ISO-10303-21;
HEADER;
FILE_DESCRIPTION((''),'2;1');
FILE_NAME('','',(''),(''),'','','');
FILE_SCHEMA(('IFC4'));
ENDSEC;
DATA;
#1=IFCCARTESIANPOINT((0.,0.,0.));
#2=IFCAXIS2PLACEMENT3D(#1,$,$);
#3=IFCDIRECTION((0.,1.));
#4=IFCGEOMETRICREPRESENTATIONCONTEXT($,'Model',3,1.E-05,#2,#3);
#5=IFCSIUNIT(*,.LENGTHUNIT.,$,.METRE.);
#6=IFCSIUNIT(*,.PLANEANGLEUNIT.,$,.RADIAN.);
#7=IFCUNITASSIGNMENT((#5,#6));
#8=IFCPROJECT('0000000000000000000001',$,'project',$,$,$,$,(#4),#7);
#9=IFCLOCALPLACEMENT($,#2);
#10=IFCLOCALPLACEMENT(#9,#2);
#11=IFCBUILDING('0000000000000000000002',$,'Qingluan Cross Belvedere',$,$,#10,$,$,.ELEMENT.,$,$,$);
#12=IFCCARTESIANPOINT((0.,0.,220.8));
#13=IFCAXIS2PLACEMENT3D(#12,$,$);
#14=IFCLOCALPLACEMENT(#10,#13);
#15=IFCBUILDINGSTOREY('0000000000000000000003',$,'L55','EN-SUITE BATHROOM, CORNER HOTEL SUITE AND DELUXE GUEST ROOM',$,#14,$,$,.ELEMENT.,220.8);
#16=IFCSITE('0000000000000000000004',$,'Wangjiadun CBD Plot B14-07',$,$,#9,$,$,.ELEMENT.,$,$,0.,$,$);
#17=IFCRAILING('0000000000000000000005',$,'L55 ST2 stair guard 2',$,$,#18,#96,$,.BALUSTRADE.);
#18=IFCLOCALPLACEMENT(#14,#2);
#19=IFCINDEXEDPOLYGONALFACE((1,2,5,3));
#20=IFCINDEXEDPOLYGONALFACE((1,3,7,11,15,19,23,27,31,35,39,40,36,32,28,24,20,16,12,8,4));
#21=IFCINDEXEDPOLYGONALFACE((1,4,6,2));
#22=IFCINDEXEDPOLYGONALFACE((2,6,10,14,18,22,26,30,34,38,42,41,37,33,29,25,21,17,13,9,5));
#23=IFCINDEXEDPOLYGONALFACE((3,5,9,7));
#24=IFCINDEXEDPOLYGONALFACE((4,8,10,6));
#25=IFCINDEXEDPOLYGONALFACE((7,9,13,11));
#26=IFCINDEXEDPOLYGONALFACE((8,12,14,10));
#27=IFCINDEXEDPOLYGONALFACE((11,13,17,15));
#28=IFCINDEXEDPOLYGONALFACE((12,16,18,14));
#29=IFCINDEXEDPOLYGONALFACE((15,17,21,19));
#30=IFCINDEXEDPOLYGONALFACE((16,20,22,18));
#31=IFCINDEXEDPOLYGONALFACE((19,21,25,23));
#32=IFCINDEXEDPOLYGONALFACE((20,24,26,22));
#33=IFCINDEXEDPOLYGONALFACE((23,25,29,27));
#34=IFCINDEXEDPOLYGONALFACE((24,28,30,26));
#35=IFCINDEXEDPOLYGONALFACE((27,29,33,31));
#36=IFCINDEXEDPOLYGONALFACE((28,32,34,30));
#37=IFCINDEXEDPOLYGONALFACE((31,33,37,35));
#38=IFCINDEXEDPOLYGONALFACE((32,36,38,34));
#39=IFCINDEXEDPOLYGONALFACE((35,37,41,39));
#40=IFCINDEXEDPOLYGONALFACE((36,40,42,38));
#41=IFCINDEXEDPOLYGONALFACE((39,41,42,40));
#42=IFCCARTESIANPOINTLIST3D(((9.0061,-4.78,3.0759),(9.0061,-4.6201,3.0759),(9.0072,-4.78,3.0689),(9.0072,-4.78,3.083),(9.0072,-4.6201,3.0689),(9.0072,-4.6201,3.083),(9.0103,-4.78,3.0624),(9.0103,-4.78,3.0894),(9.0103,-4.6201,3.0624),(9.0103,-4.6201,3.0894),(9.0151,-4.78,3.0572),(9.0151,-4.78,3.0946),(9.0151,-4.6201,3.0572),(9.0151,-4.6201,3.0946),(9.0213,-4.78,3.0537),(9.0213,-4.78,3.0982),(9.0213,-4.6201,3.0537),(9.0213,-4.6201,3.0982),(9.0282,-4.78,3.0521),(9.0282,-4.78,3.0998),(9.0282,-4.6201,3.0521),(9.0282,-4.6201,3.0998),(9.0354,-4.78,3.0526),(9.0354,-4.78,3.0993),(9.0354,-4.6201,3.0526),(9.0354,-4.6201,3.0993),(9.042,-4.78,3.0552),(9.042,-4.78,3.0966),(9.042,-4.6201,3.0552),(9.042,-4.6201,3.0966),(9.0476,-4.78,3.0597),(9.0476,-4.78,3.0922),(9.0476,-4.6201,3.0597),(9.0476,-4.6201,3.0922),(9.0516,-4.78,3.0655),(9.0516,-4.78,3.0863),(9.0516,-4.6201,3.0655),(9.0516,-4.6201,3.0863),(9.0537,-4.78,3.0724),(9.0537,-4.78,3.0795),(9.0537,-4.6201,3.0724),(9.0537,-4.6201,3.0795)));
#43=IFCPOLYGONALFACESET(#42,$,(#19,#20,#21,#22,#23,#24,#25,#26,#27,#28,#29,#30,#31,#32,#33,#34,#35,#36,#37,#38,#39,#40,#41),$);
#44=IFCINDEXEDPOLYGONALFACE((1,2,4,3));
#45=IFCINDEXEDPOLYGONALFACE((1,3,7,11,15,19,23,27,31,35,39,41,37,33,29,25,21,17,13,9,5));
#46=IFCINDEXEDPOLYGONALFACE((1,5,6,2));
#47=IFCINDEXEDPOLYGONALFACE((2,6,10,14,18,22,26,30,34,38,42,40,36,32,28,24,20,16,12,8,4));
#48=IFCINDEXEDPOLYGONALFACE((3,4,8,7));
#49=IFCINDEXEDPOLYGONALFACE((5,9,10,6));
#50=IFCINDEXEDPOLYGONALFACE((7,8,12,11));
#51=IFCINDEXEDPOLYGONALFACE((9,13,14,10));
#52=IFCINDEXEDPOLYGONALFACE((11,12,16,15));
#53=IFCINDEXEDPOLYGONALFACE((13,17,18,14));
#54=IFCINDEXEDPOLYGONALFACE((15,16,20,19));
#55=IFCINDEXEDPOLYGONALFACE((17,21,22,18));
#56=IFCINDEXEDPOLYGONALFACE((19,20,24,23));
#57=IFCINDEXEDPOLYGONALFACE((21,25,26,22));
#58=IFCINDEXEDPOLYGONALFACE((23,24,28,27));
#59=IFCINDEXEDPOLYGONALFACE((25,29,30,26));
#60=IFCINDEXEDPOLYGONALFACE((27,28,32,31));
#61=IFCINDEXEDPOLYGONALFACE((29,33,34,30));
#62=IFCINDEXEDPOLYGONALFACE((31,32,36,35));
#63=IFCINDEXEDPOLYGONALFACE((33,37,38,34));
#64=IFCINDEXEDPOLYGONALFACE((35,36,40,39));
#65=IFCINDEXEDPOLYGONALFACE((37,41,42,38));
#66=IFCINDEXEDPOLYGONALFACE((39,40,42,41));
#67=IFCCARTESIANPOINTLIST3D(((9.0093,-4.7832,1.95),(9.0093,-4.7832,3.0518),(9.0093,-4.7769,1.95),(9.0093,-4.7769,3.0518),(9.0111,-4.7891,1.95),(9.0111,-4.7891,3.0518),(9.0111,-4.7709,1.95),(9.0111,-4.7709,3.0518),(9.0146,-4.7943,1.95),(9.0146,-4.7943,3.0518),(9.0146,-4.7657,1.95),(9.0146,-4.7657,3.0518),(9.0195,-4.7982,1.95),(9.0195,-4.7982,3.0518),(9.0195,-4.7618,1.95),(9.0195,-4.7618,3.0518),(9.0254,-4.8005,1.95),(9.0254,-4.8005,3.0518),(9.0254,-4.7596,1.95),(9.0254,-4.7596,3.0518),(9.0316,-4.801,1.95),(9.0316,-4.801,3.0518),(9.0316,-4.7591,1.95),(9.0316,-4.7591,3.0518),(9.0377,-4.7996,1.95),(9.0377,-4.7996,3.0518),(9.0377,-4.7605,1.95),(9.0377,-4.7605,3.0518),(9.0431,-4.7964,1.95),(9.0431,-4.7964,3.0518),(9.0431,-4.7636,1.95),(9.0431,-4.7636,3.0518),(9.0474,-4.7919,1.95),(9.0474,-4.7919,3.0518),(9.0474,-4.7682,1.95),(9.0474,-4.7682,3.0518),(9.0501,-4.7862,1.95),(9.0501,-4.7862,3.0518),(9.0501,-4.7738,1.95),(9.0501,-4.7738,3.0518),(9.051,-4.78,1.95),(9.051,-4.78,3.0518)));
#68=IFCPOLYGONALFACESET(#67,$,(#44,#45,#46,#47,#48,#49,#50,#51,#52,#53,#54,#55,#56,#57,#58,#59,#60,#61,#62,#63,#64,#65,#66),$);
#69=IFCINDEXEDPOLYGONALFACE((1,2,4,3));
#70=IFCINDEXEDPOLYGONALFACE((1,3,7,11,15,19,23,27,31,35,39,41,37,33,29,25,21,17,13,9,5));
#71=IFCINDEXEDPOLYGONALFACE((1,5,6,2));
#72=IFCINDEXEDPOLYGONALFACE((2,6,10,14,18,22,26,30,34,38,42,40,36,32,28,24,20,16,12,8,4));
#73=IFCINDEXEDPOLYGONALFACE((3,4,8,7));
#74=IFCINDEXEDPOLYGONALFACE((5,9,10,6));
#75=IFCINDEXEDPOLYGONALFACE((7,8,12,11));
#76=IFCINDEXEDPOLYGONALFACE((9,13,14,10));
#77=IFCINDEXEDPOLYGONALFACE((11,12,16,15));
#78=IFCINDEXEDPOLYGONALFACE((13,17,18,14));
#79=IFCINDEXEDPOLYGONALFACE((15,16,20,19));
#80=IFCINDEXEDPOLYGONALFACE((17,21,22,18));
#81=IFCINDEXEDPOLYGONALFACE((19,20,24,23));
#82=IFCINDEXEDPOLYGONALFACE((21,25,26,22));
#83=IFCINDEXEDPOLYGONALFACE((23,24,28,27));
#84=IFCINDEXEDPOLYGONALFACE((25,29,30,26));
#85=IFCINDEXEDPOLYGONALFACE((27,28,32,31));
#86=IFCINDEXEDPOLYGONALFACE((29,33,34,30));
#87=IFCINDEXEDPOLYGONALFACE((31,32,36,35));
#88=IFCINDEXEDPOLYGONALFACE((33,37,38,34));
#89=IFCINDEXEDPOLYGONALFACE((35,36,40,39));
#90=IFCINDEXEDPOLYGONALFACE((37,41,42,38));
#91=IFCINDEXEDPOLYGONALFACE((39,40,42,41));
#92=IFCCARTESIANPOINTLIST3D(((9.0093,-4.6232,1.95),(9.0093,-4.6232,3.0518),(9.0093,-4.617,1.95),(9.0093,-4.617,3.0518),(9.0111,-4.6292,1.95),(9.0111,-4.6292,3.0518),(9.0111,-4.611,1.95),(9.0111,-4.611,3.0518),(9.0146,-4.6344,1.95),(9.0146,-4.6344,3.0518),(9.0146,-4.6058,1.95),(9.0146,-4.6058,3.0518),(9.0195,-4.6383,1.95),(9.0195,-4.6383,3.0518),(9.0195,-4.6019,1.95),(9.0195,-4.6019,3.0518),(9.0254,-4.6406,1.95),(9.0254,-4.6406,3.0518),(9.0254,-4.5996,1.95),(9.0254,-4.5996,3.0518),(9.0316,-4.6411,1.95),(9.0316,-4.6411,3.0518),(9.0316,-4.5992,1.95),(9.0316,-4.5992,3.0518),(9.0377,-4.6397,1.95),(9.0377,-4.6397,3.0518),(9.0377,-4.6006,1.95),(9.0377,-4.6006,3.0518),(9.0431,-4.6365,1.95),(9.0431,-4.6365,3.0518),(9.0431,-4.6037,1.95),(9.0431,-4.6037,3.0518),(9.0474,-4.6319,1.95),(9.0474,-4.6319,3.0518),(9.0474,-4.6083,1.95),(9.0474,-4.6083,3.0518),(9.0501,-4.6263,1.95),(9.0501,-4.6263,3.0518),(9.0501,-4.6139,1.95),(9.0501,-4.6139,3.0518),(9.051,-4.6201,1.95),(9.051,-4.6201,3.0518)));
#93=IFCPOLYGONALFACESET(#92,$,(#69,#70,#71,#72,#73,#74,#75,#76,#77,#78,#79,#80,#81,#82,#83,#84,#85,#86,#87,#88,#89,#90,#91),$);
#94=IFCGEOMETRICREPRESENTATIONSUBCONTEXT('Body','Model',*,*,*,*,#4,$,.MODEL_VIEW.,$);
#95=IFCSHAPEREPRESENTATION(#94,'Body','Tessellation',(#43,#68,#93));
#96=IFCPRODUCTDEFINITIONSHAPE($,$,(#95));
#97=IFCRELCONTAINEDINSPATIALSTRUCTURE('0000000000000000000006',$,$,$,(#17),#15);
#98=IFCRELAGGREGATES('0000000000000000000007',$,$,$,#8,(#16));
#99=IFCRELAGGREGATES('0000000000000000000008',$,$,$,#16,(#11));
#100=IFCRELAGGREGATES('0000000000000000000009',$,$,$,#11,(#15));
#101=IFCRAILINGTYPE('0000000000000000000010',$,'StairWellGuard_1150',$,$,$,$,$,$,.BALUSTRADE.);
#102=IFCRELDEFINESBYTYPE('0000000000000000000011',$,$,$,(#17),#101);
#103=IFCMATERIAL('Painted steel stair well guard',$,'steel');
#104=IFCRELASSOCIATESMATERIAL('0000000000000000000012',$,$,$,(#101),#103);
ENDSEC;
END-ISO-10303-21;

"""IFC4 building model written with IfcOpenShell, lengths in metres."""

from ifc_helpers import new_model, si_unit, direction, frame, origin, origin_2d, place, context, subcontext, project, spatial, circle, extrude, material, type_object, element, save


model = new_model("IFC4")

# Units and contexts
model_context = context("Model", 3, precision=1e-05, world=origin(), true_north=direction((0.0, 1.0)))
body_context = subcontext(model_context, "Body", "Model", "MODEL_VIEW")
ifc_project = project(units=[si_unit("LENGTHUNIT", "METRE"), si_unit("PLANEANGLEUNIT", "RADIAN")], contexts=[model_context])

# Site, building, storey
site_placement = place(None, origin())
site = spatial("IfcSite", under=ifc_project, at=site_placement, Name="Wangjiadun CBD Plot B14-07", CompositionType="ELEMENT", RefElevation=0.0)
building_placement = place(site_placement, origin())
building = spatial("IfcBuilding", under=site, at=building_placement, Name="Qingluan Cross Belvedere", CompositionType="ELEMENT")
storey_placement = place(building_placement, frame((0.0, 0.0, 220.8)))
storey = spatial("IfcBuildingStorey", under=building, at=storey_placement, Name="L55", Description="EN-SUITE BATHROOM, CORNER HOTEL SUITE AND DELUXE GUEST ROOM", CompositionType="ELEMENT", Elevation=220.8)

# Railing
ifc_material_1 = material(Name="Painted steel stair well guard", Category="steel")
railing_type_1 = type_object("IfcRailingType", Name="StairWellGuard_1150", PredefinedType="BALUSTRADE", material=ifc_material_1)
railing_1_placement = place(storey_placement, frame((9.03, -4.78, 1.95)))
element("IfcRailing", 1, at=railing_1_placement, inside=storey, type_object=railing_type_1, Name="L55 ST2 stair guard 2", PredefinedType="BALUSTRADE", context=body_context, shape_type="SweptSolid", body=[
    extrude(circle(Radius=0.0239, at=origin_2d()), frame((0.0, 0.0, 1.126), z_axis=(0.0, 1.0, 0.0), x_axis=(-1.0, 0.0, 0.0)), (0.0, 0.0, 1.0), 0.1599),
    extrude(circle(Radius=0.021, at=origin_2d()), origin(), (0.0, 0.0, 1.0), 1.1018),
    extrude(circle(Radius=0.021, at=origin_2d()), frame((0.0, 0.1599, 0.0)), (0.0, 0.0, 1.0), 1.1018),
])

save(model, "model.ifc")
